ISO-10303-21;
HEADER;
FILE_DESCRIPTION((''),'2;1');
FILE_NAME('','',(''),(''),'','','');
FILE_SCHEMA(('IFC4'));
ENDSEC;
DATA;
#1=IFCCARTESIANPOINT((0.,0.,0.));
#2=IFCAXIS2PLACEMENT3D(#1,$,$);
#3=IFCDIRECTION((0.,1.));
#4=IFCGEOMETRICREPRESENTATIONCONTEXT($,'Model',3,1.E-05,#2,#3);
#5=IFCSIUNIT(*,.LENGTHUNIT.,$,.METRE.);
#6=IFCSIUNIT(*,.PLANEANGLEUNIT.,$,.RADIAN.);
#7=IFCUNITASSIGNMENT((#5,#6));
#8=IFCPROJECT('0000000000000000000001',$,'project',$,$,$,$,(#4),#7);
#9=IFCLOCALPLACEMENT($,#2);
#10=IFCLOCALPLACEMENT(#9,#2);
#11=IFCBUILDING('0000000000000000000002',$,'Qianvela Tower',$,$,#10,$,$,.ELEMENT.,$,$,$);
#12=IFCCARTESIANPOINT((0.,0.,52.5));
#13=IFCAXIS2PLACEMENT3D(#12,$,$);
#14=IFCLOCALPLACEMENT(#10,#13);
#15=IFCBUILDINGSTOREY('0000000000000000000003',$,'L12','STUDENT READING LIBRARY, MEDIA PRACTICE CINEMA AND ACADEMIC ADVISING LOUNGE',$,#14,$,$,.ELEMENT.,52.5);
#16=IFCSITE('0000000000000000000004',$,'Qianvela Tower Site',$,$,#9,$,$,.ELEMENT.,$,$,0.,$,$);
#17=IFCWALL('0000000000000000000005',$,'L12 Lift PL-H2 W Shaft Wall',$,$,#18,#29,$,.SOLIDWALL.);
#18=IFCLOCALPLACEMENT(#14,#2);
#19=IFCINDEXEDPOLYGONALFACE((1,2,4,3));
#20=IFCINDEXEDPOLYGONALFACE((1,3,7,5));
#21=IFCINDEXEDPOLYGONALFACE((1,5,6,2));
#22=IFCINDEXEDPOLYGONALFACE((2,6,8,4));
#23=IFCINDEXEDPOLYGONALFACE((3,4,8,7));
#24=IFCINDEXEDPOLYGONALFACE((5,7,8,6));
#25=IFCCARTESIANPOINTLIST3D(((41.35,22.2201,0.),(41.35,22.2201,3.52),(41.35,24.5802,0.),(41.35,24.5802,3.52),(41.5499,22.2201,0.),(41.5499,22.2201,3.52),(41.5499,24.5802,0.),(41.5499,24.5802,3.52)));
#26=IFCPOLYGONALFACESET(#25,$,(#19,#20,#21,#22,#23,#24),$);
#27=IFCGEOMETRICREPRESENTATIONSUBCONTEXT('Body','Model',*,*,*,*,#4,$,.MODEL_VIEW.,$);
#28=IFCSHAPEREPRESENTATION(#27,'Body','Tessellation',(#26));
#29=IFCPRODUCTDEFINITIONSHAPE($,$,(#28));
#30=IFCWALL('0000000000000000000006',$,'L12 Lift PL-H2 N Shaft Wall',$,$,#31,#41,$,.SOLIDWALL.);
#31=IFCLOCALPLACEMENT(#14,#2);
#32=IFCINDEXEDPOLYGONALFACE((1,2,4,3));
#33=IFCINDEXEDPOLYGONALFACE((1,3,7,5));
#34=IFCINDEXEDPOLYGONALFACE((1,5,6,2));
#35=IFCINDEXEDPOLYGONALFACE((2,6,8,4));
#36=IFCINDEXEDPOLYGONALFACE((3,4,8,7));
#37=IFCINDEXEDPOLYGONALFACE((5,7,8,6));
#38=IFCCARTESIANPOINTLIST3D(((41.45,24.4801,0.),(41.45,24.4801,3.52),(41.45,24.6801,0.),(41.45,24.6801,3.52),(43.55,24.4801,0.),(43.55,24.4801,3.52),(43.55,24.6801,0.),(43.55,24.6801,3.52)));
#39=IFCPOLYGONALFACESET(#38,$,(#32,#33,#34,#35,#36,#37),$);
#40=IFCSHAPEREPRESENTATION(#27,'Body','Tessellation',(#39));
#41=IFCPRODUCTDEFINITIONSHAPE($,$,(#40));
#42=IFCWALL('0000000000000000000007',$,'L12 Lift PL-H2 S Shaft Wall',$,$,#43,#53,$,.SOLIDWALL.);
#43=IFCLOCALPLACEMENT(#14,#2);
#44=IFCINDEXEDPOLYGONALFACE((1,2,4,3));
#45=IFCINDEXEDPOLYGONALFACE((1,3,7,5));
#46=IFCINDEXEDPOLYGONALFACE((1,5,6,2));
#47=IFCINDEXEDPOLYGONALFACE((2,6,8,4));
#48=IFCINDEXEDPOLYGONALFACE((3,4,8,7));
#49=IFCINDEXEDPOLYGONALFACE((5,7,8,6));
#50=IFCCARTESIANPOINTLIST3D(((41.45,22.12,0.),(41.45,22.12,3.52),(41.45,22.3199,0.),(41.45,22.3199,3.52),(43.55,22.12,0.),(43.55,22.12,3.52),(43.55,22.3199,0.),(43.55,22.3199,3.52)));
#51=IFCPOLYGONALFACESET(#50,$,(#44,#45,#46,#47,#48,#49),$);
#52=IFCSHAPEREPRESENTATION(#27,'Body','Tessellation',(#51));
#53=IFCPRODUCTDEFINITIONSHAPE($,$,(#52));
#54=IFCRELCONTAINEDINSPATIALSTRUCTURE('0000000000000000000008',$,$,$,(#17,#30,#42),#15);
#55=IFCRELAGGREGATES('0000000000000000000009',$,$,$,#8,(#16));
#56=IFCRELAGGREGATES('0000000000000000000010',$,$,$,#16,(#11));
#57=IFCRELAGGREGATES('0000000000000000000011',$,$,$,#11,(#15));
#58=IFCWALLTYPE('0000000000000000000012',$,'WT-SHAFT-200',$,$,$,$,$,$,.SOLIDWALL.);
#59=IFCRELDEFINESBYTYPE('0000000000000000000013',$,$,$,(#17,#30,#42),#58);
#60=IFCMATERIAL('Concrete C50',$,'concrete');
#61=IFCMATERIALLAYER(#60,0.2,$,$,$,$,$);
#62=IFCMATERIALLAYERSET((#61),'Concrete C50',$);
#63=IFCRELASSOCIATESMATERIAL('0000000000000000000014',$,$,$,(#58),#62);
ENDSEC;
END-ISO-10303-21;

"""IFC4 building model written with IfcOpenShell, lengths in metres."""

from ifc_helpers import new_model, si_unit, direction, frame, frame_2d, origin, place, context, subcontext, project, spatial, rectangle, extrude, material, layer, layer_set, type_object, element, save


model = new_model("IFC4")

# Units and contexts
model_context = context("Model", 3, precision=1e-05, world=origin(), true_north=direction((0.0, 1.0)))
body_context = subcontext(model_context, "Body", "Model", "MODEL_VIEW")
ifc_project = project(units=[si_unit("LENGTHUNIT", "METRE"), si_unit("PLANEANGLEUNIT", "RADIAN")], contexts=[model_context])

# Site, building, storey
site_placement = place(None, origin())
site = spatial("IfcSite", under=ifc_project, at=site_placement, Name="Qianvela Tower Site", CompositionType="ELEMENT", RefElevation=0.0)
building_placement = place(site_placement, origin())
building = spatial("IfcBuilding", under=site, at=building_placement, Name="Qianvela Tower", CompositionType="ELEMENT")
storey_placement = place(building_placement, frame((0.0, 0.0, 52.5)))
storey = spatial("IfcBuildingStorey", under=building, at=storey_placement, Name="L12", Description="STUDENT READING LIBRARY, MEDIA PRACTICE CINEMA AND ACADEMIC ADVISING LOUNGE", CompositionType="ELEMENT", Elevation=52.5)

# Walls
ifc_material_1 = material(Name="Concrete C50", Category="concrete")
ifc_layer_1 = layer(ifc_material_1, 0.2)
ifc_layer_set_1 = layer_set([ifc_layer_1], Name="Concrete C50")
wall_type_1 = type_object("IfcWallType", Name="WT-SHAFT-200", PredefinedType="SOLIDWALL", material=ifc_layer_set_1)
for number, where, z_axis, x_axis, name in (
    (1, (41.45, 22.22, 0.0), (0.0, 0.0, 1.0), (0.0, 1.0, 0.0), "L12 Lift PL-H2 W Shaft Wall"),
):
    element("IfcWall", number, at=place(storey_placement, frame(where, z_axis=z_axis, x_axis=x_axis)), inside=storey, type_object=wall_type_1, Name=name, PredefinedType="SOLIDWALL", context=body_context, shape_type="SweptSolid", body=[
        extrude(rectangle(XDim=2.3601, YDim=0.2, at=frame_2d((1.1802, 0.0))), origin(), (0.0, 0.0, 1.0), 3.52),
    ])
for number, where, z_axis, x_axis, name in (
    (2, (41.45, 24.5801, 0.0), (0.0, 0.0, 1.0), (1.0, 0.0, 0.0), "L12 Lift PL-H2 N Shaft Wall"),
    (3, (41.45, 22.22, 0.0), (0.0, 0.0, 1.0), (1.0, 0.0, 0.0), "L12 Lift PL-H2 S Shaft Wall"),
):
    element("IfcWall", number, at=place(storey_placement, frame(where, z_axis=z_axis, x_axis=x_axis)), inside=storey, type_object=wall_type_1, Name=name, PredefinedType="SOLIDWALL", context=body_context, shape_type="SweptSolid", body=[
        extrude(rectangle(XDim=2.1001, YDim=0.2, at=frame_2d((1.05, 0.0))), origin(), (0.0, 0.0, 1.0), 3.52),
    ])

save(model, "model.ifc")
